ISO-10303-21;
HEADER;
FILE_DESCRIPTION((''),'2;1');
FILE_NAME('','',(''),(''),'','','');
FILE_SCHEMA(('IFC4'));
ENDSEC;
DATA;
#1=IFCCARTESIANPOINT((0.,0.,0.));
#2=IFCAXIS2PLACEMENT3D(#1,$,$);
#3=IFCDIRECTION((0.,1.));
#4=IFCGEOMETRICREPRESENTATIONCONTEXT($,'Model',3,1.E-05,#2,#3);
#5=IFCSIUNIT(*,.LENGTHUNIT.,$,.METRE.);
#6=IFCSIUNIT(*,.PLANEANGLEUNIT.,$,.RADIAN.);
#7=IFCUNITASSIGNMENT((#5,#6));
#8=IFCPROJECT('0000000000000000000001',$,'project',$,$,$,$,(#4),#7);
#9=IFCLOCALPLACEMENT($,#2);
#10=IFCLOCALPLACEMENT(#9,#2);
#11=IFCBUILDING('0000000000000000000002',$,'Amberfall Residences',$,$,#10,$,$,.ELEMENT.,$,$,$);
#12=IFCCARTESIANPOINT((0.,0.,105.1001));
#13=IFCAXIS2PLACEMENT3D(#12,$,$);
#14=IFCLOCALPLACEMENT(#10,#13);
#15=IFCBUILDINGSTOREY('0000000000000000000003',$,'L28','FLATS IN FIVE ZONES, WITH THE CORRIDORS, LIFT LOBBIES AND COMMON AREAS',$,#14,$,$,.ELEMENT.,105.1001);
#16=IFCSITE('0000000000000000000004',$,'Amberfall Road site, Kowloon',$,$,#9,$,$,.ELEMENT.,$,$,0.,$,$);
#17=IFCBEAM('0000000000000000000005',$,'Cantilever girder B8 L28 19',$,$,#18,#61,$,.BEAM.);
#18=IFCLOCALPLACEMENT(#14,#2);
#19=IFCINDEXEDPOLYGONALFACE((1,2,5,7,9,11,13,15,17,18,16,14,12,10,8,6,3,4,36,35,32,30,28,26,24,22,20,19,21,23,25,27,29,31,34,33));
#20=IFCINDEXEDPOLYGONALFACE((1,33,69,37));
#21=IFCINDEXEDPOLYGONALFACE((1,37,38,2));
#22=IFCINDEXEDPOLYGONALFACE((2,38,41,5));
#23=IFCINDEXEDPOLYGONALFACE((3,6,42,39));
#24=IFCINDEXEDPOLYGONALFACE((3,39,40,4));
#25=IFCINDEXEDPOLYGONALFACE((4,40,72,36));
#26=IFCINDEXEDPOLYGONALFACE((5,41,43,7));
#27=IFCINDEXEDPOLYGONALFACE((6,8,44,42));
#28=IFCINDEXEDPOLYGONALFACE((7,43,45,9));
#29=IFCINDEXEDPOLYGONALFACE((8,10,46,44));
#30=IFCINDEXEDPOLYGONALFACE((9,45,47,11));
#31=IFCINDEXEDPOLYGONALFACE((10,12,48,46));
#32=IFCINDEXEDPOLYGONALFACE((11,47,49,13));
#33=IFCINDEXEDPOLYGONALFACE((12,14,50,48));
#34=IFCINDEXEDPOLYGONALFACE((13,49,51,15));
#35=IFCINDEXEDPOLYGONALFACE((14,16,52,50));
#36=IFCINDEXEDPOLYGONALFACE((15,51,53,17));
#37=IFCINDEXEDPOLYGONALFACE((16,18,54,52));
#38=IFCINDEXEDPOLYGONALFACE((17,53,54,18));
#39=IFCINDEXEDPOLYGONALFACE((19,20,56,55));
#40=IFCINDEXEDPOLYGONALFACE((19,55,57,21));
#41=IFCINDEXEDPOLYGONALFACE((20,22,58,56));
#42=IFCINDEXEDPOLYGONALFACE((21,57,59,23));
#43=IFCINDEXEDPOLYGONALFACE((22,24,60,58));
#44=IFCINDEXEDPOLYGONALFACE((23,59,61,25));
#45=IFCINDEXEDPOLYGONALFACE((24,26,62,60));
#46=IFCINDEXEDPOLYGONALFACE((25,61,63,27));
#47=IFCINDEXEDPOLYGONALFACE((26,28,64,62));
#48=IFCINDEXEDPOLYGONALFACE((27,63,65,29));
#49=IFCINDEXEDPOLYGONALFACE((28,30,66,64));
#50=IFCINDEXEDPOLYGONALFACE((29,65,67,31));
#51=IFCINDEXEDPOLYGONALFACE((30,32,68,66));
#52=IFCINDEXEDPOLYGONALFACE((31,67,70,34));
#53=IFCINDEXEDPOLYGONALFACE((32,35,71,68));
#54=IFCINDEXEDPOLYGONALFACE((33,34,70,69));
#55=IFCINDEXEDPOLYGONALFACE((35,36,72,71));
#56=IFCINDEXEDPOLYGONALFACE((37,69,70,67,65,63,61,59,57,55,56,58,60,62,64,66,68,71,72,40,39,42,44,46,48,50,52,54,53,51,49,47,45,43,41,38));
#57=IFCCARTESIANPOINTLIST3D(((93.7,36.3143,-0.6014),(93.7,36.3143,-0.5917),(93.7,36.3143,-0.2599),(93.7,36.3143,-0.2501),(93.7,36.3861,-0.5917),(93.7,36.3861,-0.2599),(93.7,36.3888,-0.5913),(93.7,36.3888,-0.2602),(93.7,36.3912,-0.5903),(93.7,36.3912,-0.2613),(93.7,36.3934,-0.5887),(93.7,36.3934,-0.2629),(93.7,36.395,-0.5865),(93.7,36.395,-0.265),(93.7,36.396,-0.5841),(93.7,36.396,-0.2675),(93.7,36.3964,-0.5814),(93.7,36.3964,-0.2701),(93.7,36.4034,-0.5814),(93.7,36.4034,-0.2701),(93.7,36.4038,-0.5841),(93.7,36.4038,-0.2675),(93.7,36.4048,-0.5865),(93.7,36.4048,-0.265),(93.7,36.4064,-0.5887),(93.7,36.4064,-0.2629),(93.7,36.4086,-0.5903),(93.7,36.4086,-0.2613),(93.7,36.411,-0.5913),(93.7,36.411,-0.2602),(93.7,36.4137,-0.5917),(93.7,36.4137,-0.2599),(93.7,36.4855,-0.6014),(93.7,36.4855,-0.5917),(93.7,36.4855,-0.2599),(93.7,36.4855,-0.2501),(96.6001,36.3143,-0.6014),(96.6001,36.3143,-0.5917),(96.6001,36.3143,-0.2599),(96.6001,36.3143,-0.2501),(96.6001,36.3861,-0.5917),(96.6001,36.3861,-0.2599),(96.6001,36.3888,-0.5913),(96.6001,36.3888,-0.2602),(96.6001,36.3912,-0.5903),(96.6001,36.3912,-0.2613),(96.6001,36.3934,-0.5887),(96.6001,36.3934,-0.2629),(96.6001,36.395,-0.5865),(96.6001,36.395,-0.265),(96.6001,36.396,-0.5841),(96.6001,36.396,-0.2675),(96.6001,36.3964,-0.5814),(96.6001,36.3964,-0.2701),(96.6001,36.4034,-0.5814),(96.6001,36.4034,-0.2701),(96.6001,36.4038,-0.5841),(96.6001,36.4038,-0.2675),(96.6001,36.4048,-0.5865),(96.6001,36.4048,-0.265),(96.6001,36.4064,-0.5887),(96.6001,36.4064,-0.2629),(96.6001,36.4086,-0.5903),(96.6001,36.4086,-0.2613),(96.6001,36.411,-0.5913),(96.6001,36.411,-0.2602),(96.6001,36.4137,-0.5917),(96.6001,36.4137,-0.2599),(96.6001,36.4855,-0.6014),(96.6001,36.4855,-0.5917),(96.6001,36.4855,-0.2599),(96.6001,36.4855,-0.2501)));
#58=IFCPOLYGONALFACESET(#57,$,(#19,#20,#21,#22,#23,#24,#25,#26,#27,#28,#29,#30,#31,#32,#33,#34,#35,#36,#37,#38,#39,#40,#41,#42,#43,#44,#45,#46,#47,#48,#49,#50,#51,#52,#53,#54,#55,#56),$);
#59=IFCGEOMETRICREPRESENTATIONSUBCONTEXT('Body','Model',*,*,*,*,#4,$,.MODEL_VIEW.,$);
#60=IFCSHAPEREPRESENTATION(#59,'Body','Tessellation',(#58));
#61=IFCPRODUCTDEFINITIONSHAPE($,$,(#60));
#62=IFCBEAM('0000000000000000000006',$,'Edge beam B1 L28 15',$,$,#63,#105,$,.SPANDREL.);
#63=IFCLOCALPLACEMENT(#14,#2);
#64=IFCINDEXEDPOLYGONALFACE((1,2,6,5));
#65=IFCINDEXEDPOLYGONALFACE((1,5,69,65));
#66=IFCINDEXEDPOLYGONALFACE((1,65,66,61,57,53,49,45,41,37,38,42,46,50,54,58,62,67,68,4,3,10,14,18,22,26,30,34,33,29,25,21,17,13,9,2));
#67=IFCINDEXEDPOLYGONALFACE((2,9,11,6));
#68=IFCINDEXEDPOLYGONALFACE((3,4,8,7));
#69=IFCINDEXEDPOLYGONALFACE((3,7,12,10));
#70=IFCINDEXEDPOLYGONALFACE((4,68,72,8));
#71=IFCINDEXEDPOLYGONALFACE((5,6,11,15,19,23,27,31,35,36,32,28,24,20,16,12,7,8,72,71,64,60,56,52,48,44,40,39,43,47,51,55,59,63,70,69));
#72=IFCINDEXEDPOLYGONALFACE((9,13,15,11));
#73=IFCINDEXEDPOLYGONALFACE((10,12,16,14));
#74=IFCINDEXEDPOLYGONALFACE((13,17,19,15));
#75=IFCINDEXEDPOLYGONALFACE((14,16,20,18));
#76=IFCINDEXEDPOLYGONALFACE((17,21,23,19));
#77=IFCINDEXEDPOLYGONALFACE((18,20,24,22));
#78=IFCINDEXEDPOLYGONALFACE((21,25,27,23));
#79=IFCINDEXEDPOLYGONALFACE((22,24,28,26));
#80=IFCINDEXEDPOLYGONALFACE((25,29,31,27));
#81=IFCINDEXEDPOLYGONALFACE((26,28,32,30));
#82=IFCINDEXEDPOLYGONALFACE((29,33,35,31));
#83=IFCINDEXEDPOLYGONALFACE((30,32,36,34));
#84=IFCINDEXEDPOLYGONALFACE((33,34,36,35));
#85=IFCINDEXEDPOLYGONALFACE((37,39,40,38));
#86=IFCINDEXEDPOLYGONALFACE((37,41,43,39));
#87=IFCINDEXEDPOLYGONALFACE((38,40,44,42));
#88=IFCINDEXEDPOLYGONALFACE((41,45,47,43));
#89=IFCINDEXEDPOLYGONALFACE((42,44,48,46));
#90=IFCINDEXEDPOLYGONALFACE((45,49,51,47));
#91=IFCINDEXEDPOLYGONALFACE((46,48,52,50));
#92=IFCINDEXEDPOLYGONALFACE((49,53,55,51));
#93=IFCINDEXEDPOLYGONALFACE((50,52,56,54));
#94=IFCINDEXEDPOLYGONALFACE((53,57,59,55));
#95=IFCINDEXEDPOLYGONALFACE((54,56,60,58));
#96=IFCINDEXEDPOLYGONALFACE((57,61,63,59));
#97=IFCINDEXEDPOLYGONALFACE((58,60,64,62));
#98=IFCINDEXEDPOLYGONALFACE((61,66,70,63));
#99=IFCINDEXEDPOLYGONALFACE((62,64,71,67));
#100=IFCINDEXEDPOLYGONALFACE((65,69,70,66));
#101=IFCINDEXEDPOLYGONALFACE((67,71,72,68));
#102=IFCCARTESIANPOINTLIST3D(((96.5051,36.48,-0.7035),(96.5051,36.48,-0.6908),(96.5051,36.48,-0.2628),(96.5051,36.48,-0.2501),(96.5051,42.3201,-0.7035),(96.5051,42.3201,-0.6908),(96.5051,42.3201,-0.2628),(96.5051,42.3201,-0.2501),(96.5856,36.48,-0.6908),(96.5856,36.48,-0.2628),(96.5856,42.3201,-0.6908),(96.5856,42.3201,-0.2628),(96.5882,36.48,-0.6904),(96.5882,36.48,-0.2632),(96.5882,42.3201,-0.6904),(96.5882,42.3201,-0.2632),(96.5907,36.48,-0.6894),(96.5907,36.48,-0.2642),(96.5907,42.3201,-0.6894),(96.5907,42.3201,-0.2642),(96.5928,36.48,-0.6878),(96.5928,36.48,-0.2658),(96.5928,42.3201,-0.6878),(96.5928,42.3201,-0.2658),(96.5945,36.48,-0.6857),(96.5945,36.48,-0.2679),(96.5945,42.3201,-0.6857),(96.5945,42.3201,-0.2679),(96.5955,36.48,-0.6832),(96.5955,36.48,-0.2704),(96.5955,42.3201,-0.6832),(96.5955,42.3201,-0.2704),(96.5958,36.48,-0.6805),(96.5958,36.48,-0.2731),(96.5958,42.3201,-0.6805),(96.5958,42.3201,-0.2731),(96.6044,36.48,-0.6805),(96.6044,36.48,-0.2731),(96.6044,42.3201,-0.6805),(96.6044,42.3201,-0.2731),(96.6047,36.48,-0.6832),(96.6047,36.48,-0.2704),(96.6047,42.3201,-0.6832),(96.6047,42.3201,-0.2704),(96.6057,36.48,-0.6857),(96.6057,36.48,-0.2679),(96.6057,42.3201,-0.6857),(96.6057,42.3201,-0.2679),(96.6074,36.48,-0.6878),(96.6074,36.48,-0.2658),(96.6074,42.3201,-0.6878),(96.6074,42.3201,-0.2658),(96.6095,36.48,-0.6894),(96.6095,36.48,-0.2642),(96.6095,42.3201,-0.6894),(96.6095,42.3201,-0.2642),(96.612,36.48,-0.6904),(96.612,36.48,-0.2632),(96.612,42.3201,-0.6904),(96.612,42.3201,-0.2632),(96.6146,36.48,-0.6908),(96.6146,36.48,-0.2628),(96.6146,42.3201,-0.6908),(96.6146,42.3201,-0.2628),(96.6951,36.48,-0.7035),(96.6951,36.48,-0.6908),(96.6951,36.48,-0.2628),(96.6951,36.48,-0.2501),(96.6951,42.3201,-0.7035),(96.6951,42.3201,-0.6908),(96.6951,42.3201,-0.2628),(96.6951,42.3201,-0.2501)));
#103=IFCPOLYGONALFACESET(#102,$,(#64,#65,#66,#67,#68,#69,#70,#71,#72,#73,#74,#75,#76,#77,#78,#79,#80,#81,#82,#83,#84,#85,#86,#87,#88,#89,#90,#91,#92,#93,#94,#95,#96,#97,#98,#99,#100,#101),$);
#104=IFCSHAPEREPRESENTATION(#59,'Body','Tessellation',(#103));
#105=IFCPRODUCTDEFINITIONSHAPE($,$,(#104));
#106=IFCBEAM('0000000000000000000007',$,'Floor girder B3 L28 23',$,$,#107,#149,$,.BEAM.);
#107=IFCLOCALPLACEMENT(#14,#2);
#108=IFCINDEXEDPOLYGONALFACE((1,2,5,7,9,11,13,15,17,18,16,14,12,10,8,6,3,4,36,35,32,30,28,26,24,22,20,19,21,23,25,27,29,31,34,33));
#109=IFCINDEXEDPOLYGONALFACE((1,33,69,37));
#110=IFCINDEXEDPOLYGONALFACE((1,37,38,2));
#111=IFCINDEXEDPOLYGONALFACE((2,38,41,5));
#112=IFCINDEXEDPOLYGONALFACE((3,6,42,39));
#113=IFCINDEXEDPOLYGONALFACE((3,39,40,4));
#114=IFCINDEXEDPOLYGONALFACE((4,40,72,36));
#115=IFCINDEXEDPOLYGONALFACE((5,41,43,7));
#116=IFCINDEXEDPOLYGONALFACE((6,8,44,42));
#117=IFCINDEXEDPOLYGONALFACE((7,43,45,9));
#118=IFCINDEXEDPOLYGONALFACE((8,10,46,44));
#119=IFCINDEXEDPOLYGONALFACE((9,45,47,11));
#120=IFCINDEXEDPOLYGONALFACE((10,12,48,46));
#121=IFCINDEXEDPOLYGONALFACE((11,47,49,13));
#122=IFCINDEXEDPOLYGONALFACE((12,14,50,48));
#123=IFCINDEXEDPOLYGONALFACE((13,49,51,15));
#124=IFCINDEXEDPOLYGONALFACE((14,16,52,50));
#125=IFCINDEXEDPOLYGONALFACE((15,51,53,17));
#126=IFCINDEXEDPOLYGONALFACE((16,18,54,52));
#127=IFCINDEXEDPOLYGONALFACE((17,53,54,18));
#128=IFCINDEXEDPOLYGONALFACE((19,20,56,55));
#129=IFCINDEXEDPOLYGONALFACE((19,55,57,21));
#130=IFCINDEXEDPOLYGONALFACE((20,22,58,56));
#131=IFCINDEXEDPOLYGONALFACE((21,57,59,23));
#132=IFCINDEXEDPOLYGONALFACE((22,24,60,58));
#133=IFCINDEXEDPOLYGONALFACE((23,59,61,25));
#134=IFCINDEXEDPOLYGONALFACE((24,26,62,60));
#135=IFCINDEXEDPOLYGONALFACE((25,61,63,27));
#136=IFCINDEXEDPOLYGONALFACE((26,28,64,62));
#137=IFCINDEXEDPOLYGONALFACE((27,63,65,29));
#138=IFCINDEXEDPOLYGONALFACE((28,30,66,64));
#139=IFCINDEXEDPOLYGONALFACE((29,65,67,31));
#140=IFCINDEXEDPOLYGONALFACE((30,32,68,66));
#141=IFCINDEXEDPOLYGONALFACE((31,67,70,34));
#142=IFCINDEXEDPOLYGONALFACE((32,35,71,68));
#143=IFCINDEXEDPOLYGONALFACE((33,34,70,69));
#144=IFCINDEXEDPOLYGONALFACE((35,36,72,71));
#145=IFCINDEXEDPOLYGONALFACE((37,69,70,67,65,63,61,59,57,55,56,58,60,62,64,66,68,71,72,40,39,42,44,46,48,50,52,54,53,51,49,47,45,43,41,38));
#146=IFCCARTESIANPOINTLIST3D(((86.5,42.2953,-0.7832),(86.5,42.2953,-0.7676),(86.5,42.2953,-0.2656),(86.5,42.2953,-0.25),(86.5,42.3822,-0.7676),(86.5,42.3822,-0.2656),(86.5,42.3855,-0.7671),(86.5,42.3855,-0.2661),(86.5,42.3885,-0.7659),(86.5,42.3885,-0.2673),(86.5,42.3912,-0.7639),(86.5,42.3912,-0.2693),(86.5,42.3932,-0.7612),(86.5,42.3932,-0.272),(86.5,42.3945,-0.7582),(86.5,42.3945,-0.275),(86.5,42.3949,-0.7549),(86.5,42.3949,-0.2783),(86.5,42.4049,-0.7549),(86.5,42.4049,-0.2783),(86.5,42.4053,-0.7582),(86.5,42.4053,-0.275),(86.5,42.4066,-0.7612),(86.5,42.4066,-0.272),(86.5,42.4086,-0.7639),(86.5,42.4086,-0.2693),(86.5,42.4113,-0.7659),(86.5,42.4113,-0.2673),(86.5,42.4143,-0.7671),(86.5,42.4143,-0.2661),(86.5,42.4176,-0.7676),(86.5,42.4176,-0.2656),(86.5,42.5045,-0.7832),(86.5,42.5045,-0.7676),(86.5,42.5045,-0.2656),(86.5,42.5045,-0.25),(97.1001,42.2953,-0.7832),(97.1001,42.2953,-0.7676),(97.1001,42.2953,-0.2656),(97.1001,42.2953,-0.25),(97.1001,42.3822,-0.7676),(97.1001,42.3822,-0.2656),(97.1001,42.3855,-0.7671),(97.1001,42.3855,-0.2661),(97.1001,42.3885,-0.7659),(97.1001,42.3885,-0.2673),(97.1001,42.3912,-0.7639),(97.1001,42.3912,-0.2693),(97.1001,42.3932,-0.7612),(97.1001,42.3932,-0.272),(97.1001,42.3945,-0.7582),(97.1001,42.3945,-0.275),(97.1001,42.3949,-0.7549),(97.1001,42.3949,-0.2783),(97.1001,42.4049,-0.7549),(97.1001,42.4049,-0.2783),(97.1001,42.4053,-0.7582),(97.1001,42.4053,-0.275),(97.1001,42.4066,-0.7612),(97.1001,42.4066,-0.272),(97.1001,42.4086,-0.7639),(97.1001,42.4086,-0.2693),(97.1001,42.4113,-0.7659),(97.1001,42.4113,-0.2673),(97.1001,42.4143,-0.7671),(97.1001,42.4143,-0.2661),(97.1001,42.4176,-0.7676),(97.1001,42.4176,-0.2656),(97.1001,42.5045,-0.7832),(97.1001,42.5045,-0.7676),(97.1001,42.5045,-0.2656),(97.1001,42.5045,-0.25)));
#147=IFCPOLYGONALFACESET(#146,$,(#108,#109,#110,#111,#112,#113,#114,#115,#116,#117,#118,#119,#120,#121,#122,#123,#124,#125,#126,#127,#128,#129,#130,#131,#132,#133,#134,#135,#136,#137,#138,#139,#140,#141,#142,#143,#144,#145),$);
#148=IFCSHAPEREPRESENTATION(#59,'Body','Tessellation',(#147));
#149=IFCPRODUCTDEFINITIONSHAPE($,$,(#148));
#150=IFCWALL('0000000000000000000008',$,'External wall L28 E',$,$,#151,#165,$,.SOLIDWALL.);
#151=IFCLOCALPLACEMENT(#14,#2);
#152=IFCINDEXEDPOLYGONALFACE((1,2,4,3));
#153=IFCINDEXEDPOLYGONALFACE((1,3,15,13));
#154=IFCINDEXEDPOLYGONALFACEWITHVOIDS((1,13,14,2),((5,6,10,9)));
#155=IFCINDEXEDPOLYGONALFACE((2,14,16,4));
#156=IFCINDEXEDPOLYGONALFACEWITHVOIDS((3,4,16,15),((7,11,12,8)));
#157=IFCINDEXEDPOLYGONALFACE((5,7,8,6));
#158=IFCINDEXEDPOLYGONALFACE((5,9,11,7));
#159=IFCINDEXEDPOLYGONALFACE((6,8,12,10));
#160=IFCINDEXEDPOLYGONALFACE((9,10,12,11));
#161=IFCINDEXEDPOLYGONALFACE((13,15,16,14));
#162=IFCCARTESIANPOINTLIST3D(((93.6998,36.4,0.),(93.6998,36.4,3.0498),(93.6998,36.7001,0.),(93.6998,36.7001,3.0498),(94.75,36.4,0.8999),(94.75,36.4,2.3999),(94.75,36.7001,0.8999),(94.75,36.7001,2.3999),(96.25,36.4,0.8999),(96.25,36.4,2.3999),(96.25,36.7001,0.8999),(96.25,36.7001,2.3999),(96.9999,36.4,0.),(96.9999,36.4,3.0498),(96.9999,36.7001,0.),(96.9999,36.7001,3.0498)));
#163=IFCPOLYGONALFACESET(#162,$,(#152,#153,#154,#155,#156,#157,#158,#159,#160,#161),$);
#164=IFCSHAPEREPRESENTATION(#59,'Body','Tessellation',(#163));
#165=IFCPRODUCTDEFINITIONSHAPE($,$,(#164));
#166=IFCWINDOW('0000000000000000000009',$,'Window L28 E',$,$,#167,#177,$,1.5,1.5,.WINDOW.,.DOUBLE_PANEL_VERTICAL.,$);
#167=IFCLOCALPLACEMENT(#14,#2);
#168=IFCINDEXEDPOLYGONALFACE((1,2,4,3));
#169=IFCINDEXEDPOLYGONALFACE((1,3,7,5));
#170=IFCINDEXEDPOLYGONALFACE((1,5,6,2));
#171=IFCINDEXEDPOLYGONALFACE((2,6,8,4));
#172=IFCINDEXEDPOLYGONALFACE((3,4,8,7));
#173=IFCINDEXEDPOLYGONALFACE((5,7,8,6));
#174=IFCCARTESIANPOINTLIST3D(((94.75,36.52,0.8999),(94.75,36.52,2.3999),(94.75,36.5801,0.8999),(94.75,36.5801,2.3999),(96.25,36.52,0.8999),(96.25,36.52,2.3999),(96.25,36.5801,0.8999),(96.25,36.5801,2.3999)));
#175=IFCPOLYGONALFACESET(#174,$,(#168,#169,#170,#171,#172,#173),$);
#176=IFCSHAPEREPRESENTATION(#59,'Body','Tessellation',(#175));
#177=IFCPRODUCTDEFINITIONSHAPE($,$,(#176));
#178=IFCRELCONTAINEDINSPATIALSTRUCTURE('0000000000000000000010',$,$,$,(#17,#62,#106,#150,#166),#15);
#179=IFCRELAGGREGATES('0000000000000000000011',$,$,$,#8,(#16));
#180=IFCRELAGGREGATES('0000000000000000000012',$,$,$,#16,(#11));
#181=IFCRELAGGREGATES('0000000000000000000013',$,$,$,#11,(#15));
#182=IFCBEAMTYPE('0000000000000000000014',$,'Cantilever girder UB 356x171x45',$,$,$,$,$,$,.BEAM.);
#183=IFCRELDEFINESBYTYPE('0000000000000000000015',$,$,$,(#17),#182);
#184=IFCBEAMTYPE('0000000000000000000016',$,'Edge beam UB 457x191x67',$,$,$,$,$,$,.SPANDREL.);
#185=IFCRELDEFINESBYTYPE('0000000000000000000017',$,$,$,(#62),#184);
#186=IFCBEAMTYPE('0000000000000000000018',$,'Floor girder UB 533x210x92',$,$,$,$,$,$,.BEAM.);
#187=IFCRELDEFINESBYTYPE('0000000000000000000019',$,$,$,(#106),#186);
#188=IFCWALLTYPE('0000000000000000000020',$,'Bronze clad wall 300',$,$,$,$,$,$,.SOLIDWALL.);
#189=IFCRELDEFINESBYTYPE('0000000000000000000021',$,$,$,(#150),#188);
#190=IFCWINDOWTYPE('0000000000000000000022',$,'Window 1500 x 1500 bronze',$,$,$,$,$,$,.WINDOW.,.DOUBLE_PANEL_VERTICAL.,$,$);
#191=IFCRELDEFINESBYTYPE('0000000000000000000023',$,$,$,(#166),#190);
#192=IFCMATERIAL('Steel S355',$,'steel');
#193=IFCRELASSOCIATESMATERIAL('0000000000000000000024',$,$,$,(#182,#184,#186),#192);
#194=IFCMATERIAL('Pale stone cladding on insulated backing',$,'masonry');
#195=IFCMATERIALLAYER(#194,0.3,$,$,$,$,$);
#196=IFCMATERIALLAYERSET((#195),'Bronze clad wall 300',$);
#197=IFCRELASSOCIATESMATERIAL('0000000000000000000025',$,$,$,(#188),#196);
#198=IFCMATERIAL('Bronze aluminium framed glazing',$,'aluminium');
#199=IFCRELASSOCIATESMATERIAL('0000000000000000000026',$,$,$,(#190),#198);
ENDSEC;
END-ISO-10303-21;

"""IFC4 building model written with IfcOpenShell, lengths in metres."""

from ifc_helpers import new_model, si_unit, direction, frame, frame_2d, origin, origin_2d, place, context, subcontext, project, spatial, rectangle, i_section, extrude, material, layer, layer_set, material_profile, profile_set, type_object, element, fill, save


model = new_model("IFC4")

# Units and contexts
model_context = context("Model", 3, precision=1e-05, world=origin(), true_north=direction((0.0, 1.0)))
body_context = subcontext(model_context, "Body", "Model", "MODEL_VIEW")
ifc_project = project(units=[si_unit("LENGTHUNIT", "METRE"), si_unit("PLANEANGLEUNIT", "RADIAN")], contexts=[model_context])

# Site, building, storey
site_placement = place(None, origin())
site = spatial("IfcSite", under=ifc_project, at=site_placement, Name="Amberfall Road site, Kowloon", CompositionType="ELEMENT", RefElevation=0.0)
building_placement = place(site_placement, origin())
building = spatial("IfcBuilding", under=site, at=building_placement, Name="Amberfall Residences", CompositionType="ELEMENT")
storey_placement = place(building_placement, frame((0.0, 0.0, 105.1001)))
storey = spatial("IfcBuildingStorey", under=building, at=storey_placement, Name="L28", Description="FLATS IN FIVE ZONES, WITH THE CORRIDORS, LIFT LOBBIES AND COMMON AREAS", CompositionType="ELEMENT", Elevation=105.1001)

# Beams
ifc_material_1 = material(Name="Steel S355", Category="steel")
ifc_material_profile_1 = material_profile(ifc_material_1, i_section(OverallWidth=0.1711, OverallDepth=0.3513, WebThickness=0.0071, FlangeThickness=0.0098, FilletRadius=0.0103, at=origin_2d()), Name="UB 356x171x45")
ifc_profile_set_1 = profile_set([ifc_material_profile_1], Name="Steel S355")
beam_type_1 = type_object("IfcBeamType", Name="Cantilever girder UB 356x171x45", PredefinedType="BEAM", material=ifc_profile_set_1)
beam_1_placement = place(storey_placement, frame((93.7, 36.3999, -0.4258), z_axis=(1.0, 0.0, 0.0), x_axis=(0.0, 1.0, 0.0)))
element("IfcBeam", 1, at=beam_1_placement, inside=storey, type_object=beam_type_1, Name="Cantilever girder B8 L28 19", PredefinedType="BEAM", context=body_context, shape_type="SweptSolid", body=[
    extrude(i_section(OverallWidth=0.1711, OverallDepth=0.3513, WebThickness=0.0071, FlangeThickness=0.0098, FilletRadius=0.0103, at=origin_2d()), origin(), (0.0, 0.0, 1.0), 2.9001),
])
ifc_material_profile_2 = material_profile(ifc_material_1, i_section(OverallWidth=0.1899, OverallDepth=0.4534, WebThickness=0.0085, FlangeThickness=0.0127, FilletRadius=0.0103, at=origin_2d()), Name="UB 457x191x67")
ifc_profile_set_2 = profile_set([ifc_material_profile_2], Name="Steel S355")
beam_type_2 = type_object("IfcBeamType", Name="Edge beam UB 457x191x67", PredefinedType="SPANDREL", material=ifc_profile_set_2)
beam_2_placement = place(storey_placement, frame((96.6001, 36.48, -0.4768), z_axis=(0.0, 1.0, 0.0), x_axis=(-1.0, 0.0, 0.0)))
element("IfcBeam", 2, at=beam_2_placement, inside=storey, type_object=beam_type_2, Name="Edge beam B1 L28 15", PredefinedType="SPANDREL", context=body_context, shape_type="SweptSolid", body=[
    extrude(i_section(OverallWidth=0.1899, OverallDepth=0.4534, WebThickness=0.0085, FlangeThickness=0.0127, FilletRadius=0.0103, at=origin_2d()), origin(), (0.0, 0.0, 1.0), 5.8401),
])
ifc_material_profile_3 = material_profile(ifc_material_1, i_section(OverallWidth=0.2092, OverallDepth=0.5332, WebThickness=0.01, FlangeThickness=0.0156, FilletRadius=0.0127, at=origin_2d()), Name="UB 533x210x92")
ifc_profile_set_3 = profile_set([ifc_material_profile_3], Name="Steel S355")
beam_type_3 = type_object("IfcBeamType", Name="Floor girder UB 533x210x92", PredefinedType="BEAM", material=ifc_profile_set_3)
beam_3_placement = place(storey_placement, frame((97.1001, 42.3999, -0.5166), z_axis=(-1.0, 0.0, 0.0), x_axis=(0.0, -1.0, 0.0)))
element("IfcBeam", 3, at=beam_3_placement, inside=storey, type_object=beam_type_3, Name="Floor girder B3 L28 23", PredefinedType="BEAM", context=body_context, shape_type="SweptSolid", body=[
    extrude(i_section(OverallWidth=0.2092, OverallDepth=0.5332, WebThickness=0.01, FlangeThickness=0.0156, FilletRadius=0.0127, at=origin_2d()), origin(), (0.0, 0.0, 1.0), 10.6001),
])

# Wall, opening, window
ifc_material_2 = material(Name="Pale stone cladding on insulated backing", Category="masonry")
ifc_layer_1 = layer(ifc_material_2, 0.3)
ifc_layer_set_1 = layer_set([ifc_layer_1], Name="Bronze clad wall 300")
wall_type_1 = type_object("IfcWallType", Name="Bronze clad wall 300", PredefinedType="SOLIDWALL", material=ifc_layer_set_1)
wall_1_placement = place(storey_placement, frame((93.7, 36.55, 0.0), z_axis=(0.0, 0.0, 1.0), x_axis=(1.0, 0.0, 0.0)))
wall_1 = element("IfcWall", 4, at=wall_1_placement, inside=storey, type_object=wall_type_1, Name="External wall L28 E", PredefinedType="SOLIDWALL", context=body_context, shape_type="SweptSolid", body=[
    extrude(rectangle(XDim=3.3, YDim=0.3, at=frame_2d((1.6499, 0.0))), origin(), (0.0, 0.0, 1.0), 3.0498),
])
opening_1_placement = place(wall_1_placement, frame((1.05, 0.0, 0.8999)))
opening_1 = element("IfcOpeningElement", 5, at=opening_1_placement, cuts=wall_1, PredefinedType="OPENING", context=body_context, shape_type="SweptSolid", body=[
    extrude(rectangle(XDim=1.5, YDim=1.5, at=frame_2d((0.75, 0.75))), frame((0.0, 0.1599, 0.0), z_axis=(0.0, -1.0, 0.0), x_axis=(1.0, 0.0, 0.0)), (0.0, 0.0, 1.0), 0.3201),
])
ifc_material_3 = material(Name="Bronze aluminium framed glazing", Category="aluminium")
window_type_1 = type_object("IfcWindowType", Name="Window 1500 x 1500 bronze", PartitioningType="DOUBLE_PANEL_VERTICAL", PredefinedType="WINDOW", material=ifc_material_3)
window_1_placement = place(opening_1_placement, origin())
window_1 = element("IfcWindow", 6, at=window_1_placement, inside=storey, type_object=window_type_1, Name="Window L28 E", OverallHeight=1.5, OverallWidth=1.5, PartitioningType="DOUBLE_PANEL_VERTICAL", PredefinedType="WINDOW", context=body_context, shape_type="SweptSolid", body=[
    extrude(rectangle(XDim=1.5, YDim=1.5, at=frame_2d((0.75, 0.75))), frame((0.0, 0.03, 0.0), z_axis=(0.0, -1.0, 0.0), x_axis=(1.0, 0.0, 0.0)), (0.0, 0.0, 1.0), 0.0601),
])
fill(opening_1, window_1)

save(model, "model.ifc")
